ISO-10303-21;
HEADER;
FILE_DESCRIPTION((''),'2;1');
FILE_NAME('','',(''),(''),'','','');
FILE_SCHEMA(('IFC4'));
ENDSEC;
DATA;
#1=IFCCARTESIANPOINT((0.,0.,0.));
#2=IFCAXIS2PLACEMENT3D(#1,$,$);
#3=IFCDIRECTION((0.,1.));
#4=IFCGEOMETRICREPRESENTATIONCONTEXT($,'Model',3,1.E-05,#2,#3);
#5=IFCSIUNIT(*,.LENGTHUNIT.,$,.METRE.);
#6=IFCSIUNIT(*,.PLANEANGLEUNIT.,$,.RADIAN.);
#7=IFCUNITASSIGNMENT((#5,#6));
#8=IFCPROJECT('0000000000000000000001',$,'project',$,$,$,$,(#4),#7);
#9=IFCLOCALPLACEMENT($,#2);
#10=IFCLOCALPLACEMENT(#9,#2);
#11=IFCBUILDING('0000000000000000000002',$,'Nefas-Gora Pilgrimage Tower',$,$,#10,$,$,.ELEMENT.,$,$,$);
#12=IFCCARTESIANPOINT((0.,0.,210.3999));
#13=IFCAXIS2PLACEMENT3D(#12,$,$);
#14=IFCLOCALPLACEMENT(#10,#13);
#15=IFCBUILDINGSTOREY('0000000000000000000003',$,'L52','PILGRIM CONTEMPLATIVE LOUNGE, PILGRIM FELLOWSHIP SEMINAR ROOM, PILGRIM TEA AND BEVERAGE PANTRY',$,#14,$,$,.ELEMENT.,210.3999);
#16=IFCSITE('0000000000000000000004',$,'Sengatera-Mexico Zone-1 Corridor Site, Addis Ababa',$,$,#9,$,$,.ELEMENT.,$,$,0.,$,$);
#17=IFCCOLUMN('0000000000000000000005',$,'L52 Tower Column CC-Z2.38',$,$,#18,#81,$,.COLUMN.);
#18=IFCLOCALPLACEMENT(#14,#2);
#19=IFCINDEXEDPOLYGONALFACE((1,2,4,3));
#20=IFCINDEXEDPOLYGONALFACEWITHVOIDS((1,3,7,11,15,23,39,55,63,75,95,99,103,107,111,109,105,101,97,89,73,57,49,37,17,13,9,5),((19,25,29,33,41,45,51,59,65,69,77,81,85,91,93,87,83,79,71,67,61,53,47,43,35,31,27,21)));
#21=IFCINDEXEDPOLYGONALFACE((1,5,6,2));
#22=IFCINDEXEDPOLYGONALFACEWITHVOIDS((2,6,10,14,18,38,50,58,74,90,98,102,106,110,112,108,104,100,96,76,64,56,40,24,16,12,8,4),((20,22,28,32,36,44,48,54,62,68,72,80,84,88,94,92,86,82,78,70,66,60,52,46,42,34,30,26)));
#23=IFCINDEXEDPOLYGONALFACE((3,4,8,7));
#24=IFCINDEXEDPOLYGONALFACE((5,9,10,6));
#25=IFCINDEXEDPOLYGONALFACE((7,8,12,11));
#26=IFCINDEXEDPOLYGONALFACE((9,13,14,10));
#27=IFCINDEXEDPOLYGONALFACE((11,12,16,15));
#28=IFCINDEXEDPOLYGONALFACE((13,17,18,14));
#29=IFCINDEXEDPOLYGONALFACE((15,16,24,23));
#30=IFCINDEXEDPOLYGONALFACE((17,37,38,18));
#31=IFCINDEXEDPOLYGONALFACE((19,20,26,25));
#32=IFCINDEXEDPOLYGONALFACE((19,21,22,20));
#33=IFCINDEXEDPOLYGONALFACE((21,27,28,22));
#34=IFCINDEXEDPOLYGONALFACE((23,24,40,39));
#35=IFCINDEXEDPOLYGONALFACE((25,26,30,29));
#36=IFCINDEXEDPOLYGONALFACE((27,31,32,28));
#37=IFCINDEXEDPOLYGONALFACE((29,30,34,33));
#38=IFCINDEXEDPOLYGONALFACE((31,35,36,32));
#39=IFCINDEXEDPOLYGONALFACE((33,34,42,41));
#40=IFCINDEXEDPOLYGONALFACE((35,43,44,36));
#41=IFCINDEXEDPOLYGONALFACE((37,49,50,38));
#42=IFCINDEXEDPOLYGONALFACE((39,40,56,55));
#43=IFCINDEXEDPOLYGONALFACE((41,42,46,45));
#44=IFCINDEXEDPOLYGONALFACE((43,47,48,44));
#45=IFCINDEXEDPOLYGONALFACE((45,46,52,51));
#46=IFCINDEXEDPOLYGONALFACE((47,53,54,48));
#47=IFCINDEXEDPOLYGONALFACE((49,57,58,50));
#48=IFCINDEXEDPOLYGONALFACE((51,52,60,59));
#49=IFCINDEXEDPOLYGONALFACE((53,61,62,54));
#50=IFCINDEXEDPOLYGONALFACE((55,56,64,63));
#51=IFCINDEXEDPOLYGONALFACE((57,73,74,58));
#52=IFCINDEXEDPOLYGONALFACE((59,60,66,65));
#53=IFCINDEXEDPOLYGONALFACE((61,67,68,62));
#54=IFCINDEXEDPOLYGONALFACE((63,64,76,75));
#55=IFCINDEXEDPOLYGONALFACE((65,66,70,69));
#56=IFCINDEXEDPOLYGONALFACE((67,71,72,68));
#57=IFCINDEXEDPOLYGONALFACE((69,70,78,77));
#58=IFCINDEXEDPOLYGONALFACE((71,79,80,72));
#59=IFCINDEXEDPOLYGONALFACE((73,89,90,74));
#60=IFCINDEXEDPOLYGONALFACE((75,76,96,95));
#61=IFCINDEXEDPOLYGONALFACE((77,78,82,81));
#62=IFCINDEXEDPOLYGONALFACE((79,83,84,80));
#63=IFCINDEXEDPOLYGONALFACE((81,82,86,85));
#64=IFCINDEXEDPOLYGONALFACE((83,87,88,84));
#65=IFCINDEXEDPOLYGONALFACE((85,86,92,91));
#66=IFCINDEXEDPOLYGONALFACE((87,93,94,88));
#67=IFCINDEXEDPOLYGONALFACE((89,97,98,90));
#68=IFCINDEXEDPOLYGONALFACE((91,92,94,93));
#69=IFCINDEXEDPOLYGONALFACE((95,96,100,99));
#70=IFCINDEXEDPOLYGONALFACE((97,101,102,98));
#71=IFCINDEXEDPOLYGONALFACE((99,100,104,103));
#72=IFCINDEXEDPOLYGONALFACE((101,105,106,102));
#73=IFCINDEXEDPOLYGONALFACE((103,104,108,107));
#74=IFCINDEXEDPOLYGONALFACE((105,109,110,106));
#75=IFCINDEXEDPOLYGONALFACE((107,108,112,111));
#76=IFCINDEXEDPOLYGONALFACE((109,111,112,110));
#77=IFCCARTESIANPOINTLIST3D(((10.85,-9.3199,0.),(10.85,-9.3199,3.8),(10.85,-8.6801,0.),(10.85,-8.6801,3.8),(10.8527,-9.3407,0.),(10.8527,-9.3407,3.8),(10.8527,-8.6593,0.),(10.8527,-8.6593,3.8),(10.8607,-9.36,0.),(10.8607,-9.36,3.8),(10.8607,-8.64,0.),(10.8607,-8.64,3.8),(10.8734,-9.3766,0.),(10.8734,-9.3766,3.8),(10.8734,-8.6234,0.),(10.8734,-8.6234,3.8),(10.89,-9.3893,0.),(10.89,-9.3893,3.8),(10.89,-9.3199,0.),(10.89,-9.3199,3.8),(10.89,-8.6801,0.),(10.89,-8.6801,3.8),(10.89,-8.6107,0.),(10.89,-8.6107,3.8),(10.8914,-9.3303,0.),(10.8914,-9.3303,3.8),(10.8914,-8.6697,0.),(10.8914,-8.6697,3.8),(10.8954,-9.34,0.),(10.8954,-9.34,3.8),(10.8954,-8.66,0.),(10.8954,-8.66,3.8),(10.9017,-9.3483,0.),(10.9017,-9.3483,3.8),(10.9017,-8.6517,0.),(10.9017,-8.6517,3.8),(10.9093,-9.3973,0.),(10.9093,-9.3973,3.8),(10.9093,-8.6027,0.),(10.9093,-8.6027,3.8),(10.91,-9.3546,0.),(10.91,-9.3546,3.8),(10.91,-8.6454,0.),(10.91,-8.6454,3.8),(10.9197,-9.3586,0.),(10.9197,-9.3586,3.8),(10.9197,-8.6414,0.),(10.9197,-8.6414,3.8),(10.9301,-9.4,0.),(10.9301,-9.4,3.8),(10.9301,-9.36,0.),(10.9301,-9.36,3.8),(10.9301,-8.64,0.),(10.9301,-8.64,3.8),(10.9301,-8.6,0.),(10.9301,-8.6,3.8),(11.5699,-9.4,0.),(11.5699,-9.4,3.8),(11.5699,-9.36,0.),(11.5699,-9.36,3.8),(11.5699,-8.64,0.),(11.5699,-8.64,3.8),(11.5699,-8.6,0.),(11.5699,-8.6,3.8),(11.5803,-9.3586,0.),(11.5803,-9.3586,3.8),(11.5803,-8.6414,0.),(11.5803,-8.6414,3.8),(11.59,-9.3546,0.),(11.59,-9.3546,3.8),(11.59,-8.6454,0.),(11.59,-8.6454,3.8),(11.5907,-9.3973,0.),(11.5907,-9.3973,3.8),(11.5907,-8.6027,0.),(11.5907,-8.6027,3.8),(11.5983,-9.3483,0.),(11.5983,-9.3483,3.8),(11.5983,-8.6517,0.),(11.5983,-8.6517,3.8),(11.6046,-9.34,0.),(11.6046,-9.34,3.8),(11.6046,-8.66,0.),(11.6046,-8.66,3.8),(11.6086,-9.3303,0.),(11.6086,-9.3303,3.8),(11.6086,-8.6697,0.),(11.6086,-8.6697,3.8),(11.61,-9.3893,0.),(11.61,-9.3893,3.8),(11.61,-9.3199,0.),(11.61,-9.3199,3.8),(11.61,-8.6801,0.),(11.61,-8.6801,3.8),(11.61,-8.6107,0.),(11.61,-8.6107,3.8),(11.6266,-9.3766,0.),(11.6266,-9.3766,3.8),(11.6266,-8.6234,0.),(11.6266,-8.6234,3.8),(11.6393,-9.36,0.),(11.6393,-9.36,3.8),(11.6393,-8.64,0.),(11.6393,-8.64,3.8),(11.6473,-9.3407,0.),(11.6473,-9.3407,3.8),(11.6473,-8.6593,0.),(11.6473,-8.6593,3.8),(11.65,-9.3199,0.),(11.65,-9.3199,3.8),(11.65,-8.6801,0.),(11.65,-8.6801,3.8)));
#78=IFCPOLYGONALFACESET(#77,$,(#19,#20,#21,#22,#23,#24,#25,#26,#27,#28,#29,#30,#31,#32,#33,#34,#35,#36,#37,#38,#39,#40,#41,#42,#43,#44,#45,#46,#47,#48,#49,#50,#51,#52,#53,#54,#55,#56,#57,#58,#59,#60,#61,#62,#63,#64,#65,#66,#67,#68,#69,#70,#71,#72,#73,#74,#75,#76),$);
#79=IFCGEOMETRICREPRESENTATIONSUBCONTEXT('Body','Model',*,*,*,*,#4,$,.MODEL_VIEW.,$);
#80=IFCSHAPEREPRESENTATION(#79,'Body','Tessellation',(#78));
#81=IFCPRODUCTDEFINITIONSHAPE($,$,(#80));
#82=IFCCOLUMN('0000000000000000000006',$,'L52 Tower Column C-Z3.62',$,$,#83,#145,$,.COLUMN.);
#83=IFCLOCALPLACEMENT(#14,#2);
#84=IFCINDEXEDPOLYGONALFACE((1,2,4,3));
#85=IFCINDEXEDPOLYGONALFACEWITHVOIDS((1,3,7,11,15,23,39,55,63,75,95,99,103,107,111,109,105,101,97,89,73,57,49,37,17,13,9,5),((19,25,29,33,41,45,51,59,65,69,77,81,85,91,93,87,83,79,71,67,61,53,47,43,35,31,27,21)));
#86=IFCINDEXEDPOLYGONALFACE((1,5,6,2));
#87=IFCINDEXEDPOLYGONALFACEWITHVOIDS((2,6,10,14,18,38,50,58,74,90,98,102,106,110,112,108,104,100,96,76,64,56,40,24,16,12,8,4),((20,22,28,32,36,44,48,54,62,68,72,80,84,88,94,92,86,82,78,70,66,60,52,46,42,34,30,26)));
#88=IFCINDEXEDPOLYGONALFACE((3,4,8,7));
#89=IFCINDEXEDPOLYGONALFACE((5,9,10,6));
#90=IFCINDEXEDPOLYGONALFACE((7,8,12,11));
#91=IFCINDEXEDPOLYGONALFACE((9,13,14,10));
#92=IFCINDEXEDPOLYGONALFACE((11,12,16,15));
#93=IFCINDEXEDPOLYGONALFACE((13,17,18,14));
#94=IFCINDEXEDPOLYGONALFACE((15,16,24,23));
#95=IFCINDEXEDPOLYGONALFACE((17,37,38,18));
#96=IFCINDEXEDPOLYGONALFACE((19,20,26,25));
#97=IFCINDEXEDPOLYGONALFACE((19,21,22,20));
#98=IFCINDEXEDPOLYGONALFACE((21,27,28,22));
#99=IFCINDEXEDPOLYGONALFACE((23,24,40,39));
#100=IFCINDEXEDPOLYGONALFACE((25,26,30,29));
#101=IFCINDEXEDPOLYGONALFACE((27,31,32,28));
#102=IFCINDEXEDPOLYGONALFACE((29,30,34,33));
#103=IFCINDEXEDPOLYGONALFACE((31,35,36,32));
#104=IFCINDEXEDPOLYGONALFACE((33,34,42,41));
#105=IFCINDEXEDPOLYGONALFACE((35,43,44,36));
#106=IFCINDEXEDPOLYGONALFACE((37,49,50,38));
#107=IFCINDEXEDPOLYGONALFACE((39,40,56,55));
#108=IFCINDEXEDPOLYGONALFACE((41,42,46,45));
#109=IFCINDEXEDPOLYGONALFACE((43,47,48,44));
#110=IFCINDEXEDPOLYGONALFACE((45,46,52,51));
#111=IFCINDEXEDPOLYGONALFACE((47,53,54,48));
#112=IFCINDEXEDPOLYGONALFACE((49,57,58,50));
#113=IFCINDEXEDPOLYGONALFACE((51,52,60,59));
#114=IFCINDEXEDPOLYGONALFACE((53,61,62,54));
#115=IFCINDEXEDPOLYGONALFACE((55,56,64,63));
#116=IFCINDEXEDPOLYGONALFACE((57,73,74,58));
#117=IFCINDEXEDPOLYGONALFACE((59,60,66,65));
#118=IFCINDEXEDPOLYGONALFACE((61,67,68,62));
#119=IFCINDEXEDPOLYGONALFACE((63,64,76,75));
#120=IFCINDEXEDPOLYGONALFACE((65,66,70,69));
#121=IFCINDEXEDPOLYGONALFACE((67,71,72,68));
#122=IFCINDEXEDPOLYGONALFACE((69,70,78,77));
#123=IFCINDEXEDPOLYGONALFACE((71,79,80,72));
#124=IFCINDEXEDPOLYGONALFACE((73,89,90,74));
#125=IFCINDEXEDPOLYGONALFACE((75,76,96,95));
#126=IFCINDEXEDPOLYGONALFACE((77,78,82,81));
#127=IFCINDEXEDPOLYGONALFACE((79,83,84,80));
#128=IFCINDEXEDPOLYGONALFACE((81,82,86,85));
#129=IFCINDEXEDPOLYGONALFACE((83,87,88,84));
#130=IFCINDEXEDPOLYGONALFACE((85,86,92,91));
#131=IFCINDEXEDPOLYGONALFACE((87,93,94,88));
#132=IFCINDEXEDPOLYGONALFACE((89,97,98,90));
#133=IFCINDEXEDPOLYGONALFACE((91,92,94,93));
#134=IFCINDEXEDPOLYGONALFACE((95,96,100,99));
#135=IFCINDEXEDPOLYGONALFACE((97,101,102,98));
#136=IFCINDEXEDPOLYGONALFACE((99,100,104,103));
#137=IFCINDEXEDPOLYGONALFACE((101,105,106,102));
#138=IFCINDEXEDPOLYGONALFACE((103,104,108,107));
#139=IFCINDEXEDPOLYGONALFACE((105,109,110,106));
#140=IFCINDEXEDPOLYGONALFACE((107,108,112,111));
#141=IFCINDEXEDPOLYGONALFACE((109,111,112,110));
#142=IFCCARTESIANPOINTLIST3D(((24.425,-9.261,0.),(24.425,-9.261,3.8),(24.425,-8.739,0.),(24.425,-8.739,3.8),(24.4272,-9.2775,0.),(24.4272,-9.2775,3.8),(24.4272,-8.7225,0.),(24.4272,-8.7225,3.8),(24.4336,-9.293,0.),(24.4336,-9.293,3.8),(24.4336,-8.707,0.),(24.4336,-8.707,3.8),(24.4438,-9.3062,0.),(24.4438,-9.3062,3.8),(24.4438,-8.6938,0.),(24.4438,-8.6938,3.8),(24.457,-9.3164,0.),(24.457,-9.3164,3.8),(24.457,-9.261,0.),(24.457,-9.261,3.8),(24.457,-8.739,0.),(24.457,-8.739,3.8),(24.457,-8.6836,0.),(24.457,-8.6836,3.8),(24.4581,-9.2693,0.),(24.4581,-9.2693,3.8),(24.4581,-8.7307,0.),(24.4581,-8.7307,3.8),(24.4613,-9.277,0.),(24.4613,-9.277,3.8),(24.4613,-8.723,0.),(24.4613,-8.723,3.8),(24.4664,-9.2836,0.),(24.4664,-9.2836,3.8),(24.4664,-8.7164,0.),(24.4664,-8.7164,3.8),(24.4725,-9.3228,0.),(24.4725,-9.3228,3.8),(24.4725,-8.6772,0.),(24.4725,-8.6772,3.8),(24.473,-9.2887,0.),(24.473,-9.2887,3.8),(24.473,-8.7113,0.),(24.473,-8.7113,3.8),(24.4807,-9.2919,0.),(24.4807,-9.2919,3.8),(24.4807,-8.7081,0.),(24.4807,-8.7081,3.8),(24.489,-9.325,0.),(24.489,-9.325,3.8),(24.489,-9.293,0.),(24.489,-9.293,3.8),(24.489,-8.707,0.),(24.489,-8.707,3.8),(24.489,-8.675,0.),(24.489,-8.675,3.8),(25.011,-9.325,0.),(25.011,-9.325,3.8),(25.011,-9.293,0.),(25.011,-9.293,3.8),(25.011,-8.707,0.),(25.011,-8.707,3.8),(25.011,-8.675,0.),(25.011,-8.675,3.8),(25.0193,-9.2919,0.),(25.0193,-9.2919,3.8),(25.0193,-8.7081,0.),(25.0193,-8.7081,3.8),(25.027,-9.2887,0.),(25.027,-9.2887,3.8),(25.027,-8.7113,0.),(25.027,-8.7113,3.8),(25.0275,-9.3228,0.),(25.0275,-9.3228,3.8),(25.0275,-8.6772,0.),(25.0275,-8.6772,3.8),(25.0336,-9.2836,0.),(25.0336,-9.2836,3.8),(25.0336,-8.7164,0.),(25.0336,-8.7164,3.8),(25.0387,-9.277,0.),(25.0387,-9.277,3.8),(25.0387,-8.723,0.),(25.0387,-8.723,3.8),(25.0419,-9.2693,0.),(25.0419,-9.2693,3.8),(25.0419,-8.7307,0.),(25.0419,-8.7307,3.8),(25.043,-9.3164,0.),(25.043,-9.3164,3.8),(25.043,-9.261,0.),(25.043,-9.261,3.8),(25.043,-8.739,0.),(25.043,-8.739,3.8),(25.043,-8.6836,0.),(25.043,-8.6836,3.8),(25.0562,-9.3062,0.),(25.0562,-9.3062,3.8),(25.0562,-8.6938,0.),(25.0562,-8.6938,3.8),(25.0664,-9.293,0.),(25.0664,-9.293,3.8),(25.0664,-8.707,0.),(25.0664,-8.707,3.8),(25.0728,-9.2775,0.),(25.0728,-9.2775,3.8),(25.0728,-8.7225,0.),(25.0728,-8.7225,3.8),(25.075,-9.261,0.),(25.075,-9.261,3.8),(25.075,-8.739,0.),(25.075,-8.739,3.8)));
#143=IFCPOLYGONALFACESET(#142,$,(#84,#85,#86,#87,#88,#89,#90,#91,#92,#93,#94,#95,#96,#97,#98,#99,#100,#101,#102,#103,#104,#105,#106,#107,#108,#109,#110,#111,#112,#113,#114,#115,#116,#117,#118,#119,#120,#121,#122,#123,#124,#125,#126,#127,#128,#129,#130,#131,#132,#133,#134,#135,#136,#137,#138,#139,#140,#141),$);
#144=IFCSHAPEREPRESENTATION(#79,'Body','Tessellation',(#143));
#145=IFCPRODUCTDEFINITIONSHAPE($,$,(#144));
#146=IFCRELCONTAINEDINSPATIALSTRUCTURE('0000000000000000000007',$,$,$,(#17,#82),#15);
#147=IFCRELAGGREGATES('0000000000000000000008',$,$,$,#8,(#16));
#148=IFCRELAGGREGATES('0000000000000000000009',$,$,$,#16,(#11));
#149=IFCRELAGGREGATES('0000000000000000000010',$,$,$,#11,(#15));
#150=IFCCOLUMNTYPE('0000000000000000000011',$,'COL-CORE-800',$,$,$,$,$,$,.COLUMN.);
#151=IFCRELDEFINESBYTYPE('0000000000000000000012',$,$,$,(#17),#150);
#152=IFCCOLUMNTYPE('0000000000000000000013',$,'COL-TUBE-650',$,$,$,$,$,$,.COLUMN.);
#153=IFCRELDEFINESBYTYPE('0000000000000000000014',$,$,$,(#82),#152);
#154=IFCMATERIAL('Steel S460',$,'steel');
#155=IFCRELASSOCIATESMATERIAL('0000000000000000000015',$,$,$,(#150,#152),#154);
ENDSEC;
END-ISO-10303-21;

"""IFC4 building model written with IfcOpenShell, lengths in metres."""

from ifc_helpers import new_model, si_unit, direction, frame, origin, origin_2d, place, context, subcontext, project, spatial, hollow_rectangle, extrude, source, transform, mapped, material, material_profile, profile_set, type_object, element, save


model = new_model("IFC4")

# Units and contexts
model_context = context("Model", 3, precision=1e-05, world=origin(), true_north=direction((0.0, 1.0)))
body_context = subcontext(model_context, "Body", "Model", "MODEL_VIEW")
ifc_project = project(units=[si_unit("LENGTHUNIT", "METRE"), si_unit("PLANEANGLEUNIT", "RADIAN")], contexts=[model_context])

# Site, building, storey
site_placement = place(None, origin())
site = spatial("IfcSite", under=ifc_project, at=site_placement, Name="Sengatera-Mexico Zone-1 Corridor Site, Addis Ababa", CompositionType="ELEMENT", RefElevation=0.0)
building_placement = place(site_placement, origin())
building = spatial("IfcBuilding", under=site, at=building_placement, Name="Nefas-Gora Pilgrimage Tower", CompositionType="ELEMENT")
storey_placement = place(building_placement, frame((0.0, 0.0, 210.3999)))
storey = spatial("IfcBuildingStorey", under=building, at=storey_placement, Name="L52", Description="PILGRIM CONTEMPLATIVE LOUNGE, PILGRIM FELLOWSHIP SEMINAR ROOM, PILGRIM TEA AND BEVERAGE PANTRY", CompositionType="ELEMENT", Elevation=210.3999)

# Columns
ifc_material_1 = material(Name="Steel S460", Category="steel")
ifc_material_profile_1 = material_profile(ifc_material_1, hollow_rectangle(XDim=0.8, YDim=0.8, WallThickness=0.04, InnerFilletRadius=0.04, OuterFilletRadius=0.0801, at=origin_2d()), Name="BOX 800x800x40")
ifc_profile_set_1 = profile_set([ifc_material_profile_1], Name="Steel S460")
column_type_1 = type_object("IfcColumnType", Name="COL-CORE-800", PredefinedType="COLUMN", material=ifc_profile_set_1)
shared_shape_1 = source(origin(), body_context, "Body", "SweptSolid", [
    extrude(hollow_rectangle(XDim=0.8, YDim=0.8, WallThickness=0.04, InnerFilletRadius=0.04, OuterFilletRadius=0.0801, at=origin_2d()), origin(), (0.0, 0.0, 1.0), 3.8),
])
column_placement = place(storey_placement, frame((11.25, -9.0, 0.0), z_axis=(0.0, 0.0, 1.0), x_axis=(1.0, 0.0, 0.0)))
element("IfcColumn", 1, at=column_placement, inside=storey, type_object=column_type_1, Name="L52 Tower Column CC-Z2.38", PredefinedType="COLUMN", context=body_context, shape_type="MappedRepresentation", body=[
    mapped(shared_shape_1, transform((0.0, 0.0, 0.0), x_axis=(1.0, 0.0, 0.0), y_axis=(0.0, 1.0, 0.0), z_axis=(0.0, 0.0, 1.0), scale=1.0)),
])
ifc_material_profile_2 = material_profile(ifc_material_1, hollow_rectangle(XDim=0.6499, YDim=0.6499, WallThickness=0.032, InnerFilletRadius=0.032, OuterFilletRadius=0.064, at=origin_2d()), Name="BOX 650x650x32")
ifc_profile_set_2 = profile_set([ifc_material_profile_2], Name="Steel S460")
column_type_2 = type_object("IfcColumnType", Name="COL-TUBE-650", PredefinedType="COLUMN", material=ifc_profile_set_2)
shared_shape_2 = source(origin(), body_context, "Body", "SweptSolid", [
    extrude(hollow_rectangle(XDim=0.6499, YDim=0.6499, WallThickness=0.032, InnerFilletRadius=0.032, OuterFilletRadius=0.064, at=origin_2d()), origin(), (0.0, 0.0, 1.0), 3.8),
])
for number, where, z_axis, x_axis, name in (
    (2, (24.75, -9.0, 0.0), (0.0, 0.0, 1.0), (1.0, 0.0, 0.0), "L52 Tower Column C-Z3.62"),
):
    element("IfcColumn", number, at=place(storey_placement, frame(where, z_axis=z_axis, x_axis=x_axis)), inside=storey, type_object=column_type_2, Name=name, PredefinedType="COLUMN", context=body_context, shape_type="MappedRepresentation", body=[
        mapped(shared_shape_2, transform((0.0, 0.0, 0.0), x_axis=(1.0, 0.0, 0.0), y_axis=(0.0, 1.0, 0.0), z_axis=(0.0, 0.0, 1.0), scale=1.0)),
    ])

save(model, "model.ifc")
